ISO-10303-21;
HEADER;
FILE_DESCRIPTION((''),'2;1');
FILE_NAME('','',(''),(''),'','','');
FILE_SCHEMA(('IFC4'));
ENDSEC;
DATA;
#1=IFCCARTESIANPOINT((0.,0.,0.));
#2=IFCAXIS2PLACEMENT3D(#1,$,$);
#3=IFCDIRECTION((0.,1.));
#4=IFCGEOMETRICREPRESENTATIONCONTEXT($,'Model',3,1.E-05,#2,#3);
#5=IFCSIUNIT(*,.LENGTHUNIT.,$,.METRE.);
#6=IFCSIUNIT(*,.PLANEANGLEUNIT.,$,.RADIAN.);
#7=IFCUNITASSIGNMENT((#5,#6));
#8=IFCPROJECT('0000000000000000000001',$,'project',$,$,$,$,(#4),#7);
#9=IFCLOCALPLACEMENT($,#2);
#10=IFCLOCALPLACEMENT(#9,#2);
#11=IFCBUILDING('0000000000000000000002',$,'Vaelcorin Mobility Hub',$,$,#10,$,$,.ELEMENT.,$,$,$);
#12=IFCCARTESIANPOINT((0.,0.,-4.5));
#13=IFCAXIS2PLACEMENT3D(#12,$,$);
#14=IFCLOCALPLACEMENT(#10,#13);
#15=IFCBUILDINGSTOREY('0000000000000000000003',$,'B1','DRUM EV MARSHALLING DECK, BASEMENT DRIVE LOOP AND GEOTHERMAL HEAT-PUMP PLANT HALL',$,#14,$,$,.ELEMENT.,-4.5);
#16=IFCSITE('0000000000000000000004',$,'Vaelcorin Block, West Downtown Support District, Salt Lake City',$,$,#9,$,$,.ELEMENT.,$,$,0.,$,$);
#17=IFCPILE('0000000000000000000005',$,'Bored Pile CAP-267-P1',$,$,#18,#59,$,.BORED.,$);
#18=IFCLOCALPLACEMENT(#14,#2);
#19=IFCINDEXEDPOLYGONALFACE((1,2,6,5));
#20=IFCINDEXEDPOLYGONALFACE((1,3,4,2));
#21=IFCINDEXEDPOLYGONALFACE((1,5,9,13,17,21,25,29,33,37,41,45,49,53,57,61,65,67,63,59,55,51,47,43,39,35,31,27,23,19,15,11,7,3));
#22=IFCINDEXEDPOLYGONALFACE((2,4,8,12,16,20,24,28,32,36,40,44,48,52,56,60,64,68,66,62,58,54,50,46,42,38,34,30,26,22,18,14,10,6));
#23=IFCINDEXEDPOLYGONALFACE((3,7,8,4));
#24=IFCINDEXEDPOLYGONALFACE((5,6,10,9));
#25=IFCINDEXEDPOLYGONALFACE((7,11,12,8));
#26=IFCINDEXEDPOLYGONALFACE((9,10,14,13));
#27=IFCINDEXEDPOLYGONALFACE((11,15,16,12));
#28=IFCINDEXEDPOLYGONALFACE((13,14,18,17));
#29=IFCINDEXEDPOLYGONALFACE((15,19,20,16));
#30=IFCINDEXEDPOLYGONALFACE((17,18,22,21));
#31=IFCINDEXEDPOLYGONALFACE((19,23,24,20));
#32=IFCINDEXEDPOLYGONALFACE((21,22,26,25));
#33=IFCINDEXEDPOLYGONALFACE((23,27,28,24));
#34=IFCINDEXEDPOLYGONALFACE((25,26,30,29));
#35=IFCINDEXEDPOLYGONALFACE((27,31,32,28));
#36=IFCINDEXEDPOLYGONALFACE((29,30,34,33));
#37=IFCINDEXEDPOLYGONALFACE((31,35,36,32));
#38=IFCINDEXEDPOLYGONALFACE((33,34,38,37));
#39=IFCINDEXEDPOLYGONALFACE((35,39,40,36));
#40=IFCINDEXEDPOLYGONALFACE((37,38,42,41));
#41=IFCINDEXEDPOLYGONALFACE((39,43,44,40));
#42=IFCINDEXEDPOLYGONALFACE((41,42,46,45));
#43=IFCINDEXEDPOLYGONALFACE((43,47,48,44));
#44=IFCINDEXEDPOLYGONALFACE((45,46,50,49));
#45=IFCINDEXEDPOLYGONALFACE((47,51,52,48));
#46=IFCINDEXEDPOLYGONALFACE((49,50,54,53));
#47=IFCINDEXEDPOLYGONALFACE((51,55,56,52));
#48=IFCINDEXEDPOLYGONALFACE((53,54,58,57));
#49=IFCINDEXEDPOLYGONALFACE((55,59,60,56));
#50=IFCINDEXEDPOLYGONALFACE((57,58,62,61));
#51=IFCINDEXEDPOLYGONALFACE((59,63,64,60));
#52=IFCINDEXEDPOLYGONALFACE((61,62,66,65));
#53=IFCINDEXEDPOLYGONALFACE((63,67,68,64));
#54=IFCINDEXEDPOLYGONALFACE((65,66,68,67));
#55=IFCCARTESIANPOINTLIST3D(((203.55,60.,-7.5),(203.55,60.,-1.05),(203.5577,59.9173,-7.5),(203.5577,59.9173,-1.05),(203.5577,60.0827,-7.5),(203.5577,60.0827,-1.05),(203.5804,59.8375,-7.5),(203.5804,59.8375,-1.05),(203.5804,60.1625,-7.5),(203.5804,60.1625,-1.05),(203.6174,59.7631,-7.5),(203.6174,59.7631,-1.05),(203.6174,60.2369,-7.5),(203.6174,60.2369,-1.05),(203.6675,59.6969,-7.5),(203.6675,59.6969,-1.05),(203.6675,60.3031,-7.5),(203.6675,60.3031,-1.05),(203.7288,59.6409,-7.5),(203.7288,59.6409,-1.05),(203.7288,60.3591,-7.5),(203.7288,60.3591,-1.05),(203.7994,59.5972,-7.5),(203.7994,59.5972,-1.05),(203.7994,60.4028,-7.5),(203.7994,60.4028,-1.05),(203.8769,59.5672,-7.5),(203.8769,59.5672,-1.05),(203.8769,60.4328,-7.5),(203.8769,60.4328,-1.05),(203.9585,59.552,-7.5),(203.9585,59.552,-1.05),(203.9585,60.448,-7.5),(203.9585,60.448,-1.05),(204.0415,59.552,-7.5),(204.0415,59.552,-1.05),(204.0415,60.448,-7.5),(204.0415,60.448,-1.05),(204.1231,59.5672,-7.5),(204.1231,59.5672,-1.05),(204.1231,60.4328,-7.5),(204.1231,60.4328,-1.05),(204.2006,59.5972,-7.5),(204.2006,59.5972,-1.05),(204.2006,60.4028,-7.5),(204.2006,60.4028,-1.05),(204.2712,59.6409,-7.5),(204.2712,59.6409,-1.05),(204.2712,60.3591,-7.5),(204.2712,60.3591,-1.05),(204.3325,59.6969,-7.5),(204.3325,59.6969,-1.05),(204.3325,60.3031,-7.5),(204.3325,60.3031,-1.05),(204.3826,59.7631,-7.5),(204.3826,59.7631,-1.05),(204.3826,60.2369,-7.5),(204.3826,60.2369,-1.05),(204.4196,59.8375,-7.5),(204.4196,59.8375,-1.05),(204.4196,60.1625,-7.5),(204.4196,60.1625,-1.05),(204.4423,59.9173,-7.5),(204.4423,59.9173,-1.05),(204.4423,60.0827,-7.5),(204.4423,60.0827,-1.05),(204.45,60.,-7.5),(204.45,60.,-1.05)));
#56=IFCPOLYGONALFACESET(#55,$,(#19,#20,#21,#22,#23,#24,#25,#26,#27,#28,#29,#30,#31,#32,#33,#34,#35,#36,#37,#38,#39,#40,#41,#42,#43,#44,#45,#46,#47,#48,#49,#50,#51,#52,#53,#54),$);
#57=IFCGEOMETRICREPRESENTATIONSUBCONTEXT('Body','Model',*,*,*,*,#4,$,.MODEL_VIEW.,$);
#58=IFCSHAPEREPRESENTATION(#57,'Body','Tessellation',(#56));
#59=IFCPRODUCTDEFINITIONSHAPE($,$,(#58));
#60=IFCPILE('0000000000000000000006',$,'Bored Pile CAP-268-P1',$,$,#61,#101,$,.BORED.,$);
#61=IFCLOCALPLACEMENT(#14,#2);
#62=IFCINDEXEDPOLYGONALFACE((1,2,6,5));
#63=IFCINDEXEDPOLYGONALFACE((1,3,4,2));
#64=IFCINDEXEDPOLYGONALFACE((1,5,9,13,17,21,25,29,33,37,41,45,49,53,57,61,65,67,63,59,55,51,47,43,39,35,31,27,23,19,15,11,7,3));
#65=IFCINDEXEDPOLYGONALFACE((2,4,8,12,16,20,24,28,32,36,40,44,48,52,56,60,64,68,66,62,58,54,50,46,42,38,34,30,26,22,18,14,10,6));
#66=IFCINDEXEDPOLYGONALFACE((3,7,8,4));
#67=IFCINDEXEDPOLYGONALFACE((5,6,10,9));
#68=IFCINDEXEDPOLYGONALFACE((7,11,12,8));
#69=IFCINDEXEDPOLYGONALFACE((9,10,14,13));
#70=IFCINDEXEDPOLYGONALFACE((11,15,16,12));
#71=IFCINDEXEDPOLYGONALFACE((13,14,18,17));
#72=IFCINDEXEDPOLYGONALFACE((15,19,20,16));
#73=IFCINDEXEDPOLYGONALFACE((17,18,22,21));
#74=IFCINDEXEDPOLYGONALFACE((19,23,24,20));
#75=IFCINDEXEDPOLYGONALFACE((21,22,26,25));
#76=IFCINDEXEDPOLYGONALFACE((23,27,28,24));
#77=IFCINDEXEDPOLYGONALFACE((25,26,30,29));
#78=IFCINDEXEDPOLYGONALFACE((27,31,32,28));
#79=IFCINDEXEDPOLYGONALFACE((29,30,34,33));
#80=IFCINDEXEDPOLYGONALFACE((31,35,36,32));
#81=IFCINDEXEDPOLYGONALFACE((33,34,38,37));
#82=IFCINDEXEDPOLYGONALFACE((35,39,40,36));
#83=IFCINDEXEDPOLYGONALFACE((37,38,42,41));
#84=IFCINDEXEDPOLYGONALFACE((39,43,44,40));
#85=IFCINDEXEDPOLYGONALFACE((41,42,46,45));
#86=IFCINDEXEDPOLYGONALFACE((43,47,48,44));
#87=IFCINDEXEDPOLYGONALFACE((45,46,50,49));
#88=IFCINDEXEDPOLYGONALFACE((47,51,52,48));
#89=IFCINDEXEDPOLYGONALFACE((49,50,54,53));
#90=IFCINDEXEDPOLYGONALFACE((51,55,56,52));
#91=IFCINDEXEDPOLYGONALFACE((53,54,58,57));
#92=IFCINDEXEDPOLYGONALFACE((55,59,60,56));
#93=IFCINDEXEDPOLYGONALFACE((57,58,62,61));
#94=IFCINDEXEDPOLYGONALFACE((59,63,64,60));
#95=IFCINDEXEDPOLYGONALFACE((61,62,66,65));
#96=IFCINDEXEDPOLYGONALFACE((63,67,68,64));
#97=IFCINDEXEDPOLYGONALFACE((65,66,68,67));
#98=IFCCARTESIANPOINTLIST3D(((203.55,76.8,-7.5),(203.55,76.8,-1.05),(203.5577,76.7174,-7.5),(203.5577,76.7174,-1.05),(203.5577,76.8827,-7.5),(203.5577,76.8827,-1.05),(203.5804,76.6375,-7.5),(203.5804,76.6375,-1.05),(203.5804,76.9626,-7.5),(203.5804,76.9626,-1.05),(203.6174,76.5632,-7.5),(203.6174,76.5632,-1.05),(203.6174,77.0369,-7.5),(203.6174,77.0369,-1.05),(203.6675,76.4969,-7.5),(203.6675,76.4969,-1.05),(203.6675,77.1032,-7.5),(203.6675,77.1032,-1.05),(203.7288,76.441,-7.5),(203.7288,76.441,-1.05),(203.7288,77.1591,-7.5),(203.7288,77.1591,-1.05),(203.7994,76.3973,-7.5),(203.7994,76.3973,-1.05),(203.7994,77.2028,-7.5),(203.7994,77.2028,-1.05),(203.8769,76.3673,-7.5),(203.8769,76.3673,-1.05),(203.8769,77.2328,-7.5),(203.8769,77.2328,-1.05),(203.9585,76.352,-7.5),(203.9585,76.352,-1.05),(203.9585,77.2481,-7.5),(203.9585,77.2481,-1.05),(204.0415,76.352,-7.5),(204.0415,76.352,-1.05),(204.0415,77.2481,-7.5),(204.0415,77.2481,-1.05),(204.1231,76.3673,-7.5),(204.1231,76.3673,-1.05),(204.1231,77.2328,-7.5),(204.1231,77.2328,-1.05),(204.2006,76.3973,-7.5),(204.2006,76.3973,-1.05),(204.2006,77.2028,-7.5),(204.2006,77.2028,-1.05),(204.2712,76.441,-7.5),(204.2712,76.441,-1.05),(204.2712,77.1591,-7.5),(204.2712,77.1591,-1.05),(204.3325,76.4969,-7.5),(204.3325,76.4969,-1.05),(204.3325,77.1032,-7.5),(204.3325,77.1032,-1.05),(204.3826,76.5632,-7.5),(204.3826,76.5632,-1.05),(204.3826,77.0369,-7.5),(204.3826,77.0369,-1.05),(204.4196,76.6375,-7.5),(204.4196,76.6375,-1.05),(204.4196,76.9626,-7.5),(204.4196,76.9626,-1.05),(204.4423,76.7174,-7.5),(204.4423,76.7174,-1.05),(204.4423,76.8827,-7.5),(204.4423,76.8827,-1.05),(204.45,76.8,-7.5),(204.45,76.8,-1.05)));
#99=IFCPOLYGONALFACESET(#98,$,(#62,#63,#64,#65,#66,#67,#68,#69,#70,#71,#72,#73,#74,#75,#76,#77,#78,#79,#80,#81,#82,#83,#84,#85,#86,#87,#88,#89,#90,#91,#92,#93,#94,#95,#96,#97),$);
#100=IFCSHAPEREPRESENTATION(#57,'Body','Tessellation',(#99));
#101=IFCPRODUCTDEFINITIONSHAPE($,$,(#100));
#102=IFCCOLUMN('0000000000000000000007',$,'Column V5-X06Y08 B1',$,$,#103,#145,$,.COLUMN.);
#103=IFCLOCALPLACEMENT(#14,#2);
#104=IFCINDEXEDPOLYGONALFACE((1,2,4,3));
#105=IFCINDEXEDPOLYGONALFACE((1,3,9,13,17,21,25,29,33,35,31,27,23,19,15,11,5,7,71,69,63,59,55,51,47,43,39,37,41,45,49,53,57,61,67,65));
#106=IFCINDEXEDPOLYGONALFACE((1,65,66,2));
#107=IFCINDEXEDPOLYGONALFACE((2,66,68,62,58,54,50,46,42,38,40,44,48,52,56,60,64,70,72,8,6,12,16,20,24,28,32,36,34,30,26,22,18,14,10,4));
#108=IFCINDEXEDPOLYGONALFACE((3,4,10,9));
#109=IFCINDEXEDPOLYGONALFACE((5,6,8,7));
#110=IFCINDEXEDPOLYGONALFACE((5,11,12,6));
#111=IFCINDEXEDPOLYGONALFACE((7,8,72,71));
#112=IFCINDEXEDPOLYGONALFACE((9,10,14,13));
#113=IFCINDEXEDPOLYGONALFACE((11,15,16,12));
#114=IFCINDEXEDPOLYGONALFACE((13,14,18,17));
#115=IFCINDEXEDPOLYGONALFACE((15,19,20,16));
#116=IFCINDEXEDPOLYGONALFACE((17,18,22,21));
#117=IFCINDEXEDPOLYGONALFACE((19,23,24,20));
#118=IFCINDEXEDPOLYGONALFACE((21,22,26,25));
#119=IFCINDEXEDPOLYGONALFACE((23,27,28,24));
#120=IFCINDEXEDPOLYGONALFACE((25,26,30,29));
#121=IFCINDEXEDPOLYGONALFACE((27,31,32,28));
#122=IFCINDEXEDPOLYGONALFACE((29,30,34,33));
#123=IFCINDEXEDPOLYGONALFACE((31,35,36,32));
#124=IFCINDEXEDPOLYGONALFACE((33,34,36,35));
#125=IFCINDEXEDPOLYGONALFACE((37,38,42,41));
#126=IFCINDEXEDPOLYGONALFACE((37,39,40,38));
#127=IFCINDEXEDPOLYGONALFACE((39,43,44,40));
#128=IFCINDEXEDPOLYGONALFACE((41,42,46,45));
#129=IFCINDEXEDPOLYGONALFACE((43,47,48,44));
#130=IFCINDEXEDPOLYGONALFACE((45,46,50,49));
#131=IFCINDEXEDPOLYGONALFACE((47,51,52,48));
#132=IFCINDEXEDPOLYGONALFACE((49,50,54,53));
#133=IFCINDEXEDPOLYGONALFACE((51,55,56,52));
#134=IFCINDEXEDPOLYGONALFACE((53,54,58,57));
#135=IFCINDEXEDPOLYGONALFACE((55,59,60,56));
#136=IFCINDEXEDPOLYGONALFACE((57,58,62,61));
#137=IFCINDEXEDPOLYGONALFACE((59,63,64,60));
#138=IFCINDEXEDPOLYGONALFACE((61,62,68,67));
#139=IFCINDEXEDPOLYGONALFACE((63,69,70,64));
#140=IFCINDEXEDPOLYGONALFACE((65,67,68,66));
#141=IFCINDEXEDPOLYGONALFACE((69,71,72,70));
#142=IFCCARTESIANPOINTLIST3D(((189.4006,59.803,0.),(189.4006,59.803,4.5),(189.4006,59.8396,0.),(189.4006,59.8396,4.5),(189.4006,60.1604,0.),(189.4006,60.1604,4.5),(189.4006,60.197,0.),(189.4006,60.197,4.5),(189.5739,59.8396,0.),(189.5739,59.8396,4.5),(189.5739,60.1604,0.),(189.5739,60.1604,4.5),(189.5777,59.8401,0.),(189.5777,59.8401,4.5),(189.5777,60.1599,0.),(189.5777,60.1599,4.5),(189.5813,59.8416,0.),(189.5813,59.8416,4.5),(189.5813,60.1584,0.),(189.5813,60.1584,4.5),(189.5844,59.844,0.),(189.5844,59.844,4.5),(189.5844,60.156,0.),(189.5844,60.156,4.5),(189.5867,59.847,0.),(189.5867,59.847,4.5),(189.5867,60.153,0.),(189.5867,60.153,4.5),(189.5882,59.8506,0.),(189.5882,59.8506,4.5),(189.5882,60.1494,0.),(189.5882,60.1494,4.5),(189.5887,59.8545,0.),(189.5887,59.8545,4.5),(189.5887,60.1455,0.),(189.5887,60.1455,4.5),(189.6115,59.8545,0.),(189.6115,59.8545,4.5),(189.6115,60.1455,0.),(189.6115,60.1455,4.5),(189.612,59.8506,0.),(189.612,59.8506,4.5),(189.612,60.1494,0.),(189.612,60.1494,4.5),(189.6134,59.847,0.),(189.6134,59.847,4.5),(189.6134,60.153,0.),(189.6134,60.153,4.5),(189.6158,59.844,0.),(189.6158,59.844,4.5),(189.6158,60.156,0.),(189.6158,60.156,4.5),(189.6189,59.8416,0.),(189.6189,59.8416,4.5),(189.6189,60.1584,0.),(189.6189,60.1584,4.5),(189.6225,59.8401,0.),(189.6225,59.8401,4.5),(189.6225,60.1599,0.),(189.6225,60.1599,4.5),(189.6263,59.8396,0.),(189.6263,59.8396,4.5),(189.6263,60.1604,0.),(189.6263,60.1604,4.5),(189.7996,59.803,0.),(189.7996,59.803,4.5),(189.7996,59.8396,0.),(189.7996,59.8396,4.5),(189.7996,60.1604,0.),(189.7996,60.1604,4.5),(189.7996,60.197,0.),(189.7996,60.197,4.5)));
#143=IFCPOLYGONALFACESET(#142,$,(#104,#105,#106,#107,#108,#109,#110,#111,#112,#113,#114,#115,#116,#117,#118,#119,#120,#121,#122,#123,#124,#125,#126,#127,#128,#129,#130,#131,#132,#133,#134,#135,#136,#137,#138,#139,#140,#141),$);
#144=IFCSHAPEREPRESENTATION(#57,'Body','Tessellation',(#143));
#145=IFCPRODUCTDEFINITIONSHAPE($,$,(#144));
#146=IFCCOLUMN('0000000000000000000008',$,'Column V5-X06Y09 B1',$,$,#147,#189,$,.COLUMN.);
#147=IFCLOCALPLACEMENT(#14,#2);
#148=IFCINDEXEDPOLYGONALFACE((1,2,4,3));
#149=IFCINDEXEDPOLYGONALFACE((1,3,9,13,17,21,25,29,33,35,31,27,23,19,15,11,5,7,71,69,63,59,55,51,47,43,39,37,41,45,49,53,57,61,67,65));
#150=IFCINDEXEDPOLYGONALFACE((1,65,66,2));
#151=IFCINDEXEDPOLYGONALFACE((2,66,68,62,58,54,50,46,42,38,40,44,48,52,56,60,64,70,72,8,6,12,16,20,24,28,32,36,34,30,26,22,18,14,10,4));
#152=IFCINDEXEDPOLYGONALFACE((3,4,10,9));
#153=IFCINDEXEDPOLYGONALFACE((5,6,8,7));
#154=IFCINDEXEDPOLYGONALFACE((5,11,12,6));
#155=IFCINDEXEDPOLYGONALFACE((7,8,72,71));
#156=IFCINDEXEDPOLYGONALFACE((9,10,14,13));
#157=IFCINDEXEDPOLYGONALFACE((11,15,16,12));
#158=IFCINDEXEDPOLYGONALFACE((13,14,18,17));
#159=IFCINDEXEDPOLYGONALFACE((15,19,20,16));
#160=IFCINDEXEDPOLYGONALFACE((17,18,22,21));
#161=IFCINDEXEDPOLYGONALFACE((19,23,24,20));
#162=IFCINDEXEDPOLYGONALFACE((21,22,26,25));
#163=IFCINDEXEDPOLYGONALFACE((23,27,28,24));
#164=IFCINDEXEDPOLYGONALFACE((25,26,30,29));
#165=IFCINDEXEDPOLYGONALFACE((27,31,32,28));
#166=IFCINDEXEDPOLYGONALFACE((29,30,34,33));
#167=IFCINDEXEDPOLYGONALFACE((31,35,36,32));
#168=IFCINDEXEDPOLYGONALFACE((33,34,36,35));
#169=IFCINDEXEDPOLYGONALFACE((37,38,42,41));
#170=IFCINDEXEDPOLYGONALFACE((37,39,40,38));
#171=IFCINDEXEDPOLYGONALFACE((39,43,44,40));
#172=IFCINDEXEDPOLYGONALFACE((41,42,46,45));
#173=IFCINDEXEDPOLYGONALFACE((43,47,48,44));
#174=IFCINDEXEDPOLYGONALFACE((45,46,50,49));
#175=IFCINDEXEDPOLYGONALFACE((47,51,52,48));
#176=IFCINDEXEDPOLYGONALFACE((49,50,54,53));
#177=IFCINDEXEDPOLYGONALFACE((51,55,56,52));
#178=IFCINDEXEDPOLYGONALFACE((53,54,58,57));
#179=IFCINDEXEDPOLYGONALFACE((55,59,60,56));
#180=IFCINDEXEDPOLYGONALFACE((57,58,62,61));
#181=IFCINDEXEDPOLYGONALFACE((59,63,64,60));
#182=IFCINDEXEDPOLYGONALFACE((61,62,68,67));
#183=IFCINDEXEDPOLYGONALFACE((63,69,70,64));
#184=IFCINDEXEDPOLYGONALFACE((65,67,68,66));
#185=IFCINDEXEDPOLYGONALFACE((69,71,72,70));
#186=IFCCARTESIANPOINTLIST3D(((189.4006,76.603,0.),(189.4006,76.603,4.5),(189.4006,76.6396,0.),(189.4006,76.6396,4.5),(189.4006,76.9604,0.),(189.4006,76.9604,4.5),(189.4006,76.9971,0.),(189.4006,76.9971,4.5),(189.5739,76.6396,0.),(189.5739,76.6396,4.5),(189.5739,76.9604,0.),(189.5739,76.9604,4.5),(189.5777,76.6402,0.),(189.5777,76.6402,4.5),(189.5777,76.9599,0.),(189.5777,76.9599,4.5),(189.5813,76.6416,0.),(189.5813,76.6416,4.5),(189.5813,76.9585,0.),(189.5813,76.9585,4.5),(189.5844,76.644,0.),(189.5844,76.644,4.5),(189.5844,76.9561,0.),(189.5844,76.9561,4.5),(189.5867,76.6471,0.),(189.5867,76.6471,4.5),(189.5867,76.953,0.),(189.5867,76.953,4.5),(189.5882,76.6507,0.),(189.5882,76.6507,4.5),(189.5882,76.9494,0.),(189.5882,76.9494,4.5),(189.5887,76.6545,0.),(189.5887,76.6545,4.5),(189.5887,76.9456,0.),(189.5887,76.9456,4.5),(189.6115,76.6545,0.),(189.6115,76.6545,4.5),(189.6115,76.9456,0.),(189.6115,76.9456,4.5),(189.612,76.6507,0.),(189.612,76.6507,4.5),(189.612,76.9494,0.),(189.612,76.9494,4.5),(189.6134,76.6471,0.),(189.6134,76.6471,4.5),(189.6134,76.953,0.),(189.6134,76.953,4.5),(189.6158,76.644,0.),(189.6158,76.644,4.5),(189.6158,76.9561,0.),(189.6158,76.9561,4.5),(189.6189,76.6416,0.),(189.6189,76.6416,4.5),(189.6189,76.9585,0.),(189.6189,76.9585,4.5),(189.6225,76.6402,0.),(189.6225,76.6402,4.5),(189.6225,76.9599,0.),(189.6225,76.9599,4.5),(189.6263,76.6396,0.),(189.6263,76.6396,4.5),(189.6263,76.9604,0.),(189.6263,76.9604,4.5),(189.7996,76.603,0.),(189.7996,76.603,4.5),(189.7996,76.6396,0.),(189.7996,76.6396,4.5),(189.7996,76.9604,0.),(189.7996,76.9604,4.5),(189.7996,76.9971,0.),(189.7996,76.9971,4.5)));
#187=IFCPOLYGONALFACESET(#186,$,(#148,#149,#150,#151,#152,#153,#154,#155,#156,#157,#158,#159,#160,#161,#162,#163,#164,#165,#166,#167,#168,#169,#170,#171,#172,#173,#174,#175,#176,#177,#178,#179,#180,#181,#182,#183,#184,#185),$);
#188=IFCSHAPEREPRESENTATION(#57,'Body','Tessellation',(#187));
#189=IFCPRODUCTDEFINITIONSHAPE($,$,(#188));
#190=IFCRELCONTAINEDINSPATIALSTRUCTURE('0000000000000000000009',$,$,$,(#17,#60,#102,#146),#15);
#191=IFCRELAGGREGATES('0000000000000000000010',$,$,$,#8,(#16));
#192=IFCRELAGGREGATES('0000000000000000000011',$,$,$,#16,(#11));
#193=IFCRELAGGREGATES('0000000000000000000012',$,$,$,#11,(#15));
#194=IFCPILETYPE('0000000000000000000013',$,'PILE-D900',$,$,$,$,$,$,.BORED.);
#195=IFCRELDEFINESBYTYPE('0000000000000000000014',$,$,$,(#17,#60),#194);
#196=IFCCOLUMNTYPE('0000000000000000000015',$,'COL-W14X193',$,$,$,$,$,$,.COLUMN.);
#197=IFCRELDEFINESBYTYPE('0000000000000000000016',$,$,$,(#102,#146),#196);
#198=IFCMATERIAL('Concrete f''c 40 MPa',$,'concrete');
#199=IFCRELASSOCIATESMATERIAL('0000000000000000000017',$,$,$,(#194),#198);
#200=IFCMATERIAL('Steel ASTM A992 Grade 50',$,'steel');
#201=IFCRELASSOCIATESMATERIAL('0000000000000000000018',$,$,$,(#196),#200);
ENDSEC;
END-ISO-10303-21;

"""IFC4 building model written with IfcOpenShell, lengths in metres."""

from ifc_helpers import new_model, si_unit, direction, frame, origin, origin_2d, place, context, subcontext, project, spatial, circle, i_section, extrude, material, material_profile, profile_set, type_object, element, save


model = new_model("IFC4")

# Units and contexts
model_context = context("Model", 3, precision=1e-05, world=origin(), true_north=direction((0.0, 1.0)))
body_context = subcontext(model_context, "Body", "Model", "MODEL_VIEW")
ifc_project = project(units=[si_unit("LENGTHUNIT", "METRE"), si_unit("PLANEANGLEUNIT", "RADIAN")], contexts=[model_context])

# Site, building, storey
site_placement = place(None, origin())
site = spatial("IfcSite", under=ifc_project, at=site_placement, Name="Vaelcorin Block, West Downtown Support District, Salt Lake City", CompositionType="ELEMENT", RefElevation=0.0)
building_placement = place(site_placement, origin())
building = spatial("IfcBuilding", under=site, at=building_placement, Name="Vaelcorin Mobility Hub", CompositionType="ELEMENT")
storey_placement = place(building_placement, frame((0.0, 0.0, -4.5)))
storey = spatial("IfcBuildingStorey", under=building, at=storey_placement, Name="B1", Description="DRUM EV MARSHALLING DECK, BASEMENT DRIVE LOOP AND GEOTHERMAL HEAT-PUMP PLANT HALL", CompositionType="ELEMENT", Elevation=-4.5)

# Shared definitions
ifc_material_1 = material(Name="Concrete f'c 40 MPa", Category="concrete")

# Piles
ifc_material_profile_1 = material_profile(ifc_material_1, circle(Radius=0.45, at=origin_2d()), Name="BP-D900")
ifc_profile_set_1 = profile_set([ifc_material_profile_1], Name="Concrete f'c 40 MPa")
pile_type_1 = type_object("IfcPileType", Name="PILE-D900", PredefinedType="BORED", material=ifc_profile_set_1)
for number, where, z_axis, x_axis, name in (
    (1, (204.0, 60.0, -1.05), (0.0, 0.0, -1.0), (1.0, 0.0, 0.0), "Bored Pile CAP-267-P1"),
    (2, (204.0, 76.8, -1.05), (0.0, 0.0, -1.0), (1.0, 0.0, 0.0), "Bored Pile CAP-268-P1"),
):
    element("IfcPile", number, at=place(storey_placement, frame(where, z_axis=z_axis, x_axis=x_axis)), inside=storey, type_object=pile_type_1, Name=name, PredefinedType="BORED", context=body_context, shape_type="SweptSolid", body=[
        extrude(circle(Radius=0.45, at=origin_2d()), origin(), (0.0, 0.0, 1.0), 6.45),
    ])

# Columns
ifc_material_2 = material(Name="Steel ASTM A992 Grade 50", Category="steel")
ifc_material_profile_2 = material_profile(ifc_material_2, i_section(OverallWidth=0.3989, OverallDepth=0.394, WebThickness=0.0227, FlangeThickness=0.0366, FilletRadius=0.0149, at=origin_2d()), Name="W14X193")
ifc_profile_set_2 = profile_set([ifc_material_profile_2], Name="Steel ASTM A992 Grade 50")
column_type = type_object("IfcColumnType", Name="COL-W14X193", PredefinedType="COLUMN", material=ifc_profile_set_2)
for number, where, z_axis, x_axis, name in (
    (3, (189.6001, 60.0, 0.0), (0.0, 0.0, 1.0), (1.0, 0.0, 0.0), "Column V5-X06Y08 B1"),
    (4, (189.6001, 76.8, 0.0), (0.0, 0.0, 1.0), (1.0, 0.0, 0.0), "Column V5-X06Y09 B1"),
):
    element("IfcColumn", number, at=place(storey_placement, frame(where, z_axis=z_axis, x_axis=x_axis)), inside=storey, type_object=column_type, Name=name, PredefinedType="COLUMN", context=body_context, shape_type="SweptSolid", body=[
        extrude(i_section(OverallWidth=0.3989, OverallDepth=0.394, WebThickness=0.0227, FlangeThickness=0.0366, FilletRadius=0.0149, at=origin_2d()), origin(), (0.0, 0.0, 1.0), 4.5),
    ])

save(model, "model.ifc")
